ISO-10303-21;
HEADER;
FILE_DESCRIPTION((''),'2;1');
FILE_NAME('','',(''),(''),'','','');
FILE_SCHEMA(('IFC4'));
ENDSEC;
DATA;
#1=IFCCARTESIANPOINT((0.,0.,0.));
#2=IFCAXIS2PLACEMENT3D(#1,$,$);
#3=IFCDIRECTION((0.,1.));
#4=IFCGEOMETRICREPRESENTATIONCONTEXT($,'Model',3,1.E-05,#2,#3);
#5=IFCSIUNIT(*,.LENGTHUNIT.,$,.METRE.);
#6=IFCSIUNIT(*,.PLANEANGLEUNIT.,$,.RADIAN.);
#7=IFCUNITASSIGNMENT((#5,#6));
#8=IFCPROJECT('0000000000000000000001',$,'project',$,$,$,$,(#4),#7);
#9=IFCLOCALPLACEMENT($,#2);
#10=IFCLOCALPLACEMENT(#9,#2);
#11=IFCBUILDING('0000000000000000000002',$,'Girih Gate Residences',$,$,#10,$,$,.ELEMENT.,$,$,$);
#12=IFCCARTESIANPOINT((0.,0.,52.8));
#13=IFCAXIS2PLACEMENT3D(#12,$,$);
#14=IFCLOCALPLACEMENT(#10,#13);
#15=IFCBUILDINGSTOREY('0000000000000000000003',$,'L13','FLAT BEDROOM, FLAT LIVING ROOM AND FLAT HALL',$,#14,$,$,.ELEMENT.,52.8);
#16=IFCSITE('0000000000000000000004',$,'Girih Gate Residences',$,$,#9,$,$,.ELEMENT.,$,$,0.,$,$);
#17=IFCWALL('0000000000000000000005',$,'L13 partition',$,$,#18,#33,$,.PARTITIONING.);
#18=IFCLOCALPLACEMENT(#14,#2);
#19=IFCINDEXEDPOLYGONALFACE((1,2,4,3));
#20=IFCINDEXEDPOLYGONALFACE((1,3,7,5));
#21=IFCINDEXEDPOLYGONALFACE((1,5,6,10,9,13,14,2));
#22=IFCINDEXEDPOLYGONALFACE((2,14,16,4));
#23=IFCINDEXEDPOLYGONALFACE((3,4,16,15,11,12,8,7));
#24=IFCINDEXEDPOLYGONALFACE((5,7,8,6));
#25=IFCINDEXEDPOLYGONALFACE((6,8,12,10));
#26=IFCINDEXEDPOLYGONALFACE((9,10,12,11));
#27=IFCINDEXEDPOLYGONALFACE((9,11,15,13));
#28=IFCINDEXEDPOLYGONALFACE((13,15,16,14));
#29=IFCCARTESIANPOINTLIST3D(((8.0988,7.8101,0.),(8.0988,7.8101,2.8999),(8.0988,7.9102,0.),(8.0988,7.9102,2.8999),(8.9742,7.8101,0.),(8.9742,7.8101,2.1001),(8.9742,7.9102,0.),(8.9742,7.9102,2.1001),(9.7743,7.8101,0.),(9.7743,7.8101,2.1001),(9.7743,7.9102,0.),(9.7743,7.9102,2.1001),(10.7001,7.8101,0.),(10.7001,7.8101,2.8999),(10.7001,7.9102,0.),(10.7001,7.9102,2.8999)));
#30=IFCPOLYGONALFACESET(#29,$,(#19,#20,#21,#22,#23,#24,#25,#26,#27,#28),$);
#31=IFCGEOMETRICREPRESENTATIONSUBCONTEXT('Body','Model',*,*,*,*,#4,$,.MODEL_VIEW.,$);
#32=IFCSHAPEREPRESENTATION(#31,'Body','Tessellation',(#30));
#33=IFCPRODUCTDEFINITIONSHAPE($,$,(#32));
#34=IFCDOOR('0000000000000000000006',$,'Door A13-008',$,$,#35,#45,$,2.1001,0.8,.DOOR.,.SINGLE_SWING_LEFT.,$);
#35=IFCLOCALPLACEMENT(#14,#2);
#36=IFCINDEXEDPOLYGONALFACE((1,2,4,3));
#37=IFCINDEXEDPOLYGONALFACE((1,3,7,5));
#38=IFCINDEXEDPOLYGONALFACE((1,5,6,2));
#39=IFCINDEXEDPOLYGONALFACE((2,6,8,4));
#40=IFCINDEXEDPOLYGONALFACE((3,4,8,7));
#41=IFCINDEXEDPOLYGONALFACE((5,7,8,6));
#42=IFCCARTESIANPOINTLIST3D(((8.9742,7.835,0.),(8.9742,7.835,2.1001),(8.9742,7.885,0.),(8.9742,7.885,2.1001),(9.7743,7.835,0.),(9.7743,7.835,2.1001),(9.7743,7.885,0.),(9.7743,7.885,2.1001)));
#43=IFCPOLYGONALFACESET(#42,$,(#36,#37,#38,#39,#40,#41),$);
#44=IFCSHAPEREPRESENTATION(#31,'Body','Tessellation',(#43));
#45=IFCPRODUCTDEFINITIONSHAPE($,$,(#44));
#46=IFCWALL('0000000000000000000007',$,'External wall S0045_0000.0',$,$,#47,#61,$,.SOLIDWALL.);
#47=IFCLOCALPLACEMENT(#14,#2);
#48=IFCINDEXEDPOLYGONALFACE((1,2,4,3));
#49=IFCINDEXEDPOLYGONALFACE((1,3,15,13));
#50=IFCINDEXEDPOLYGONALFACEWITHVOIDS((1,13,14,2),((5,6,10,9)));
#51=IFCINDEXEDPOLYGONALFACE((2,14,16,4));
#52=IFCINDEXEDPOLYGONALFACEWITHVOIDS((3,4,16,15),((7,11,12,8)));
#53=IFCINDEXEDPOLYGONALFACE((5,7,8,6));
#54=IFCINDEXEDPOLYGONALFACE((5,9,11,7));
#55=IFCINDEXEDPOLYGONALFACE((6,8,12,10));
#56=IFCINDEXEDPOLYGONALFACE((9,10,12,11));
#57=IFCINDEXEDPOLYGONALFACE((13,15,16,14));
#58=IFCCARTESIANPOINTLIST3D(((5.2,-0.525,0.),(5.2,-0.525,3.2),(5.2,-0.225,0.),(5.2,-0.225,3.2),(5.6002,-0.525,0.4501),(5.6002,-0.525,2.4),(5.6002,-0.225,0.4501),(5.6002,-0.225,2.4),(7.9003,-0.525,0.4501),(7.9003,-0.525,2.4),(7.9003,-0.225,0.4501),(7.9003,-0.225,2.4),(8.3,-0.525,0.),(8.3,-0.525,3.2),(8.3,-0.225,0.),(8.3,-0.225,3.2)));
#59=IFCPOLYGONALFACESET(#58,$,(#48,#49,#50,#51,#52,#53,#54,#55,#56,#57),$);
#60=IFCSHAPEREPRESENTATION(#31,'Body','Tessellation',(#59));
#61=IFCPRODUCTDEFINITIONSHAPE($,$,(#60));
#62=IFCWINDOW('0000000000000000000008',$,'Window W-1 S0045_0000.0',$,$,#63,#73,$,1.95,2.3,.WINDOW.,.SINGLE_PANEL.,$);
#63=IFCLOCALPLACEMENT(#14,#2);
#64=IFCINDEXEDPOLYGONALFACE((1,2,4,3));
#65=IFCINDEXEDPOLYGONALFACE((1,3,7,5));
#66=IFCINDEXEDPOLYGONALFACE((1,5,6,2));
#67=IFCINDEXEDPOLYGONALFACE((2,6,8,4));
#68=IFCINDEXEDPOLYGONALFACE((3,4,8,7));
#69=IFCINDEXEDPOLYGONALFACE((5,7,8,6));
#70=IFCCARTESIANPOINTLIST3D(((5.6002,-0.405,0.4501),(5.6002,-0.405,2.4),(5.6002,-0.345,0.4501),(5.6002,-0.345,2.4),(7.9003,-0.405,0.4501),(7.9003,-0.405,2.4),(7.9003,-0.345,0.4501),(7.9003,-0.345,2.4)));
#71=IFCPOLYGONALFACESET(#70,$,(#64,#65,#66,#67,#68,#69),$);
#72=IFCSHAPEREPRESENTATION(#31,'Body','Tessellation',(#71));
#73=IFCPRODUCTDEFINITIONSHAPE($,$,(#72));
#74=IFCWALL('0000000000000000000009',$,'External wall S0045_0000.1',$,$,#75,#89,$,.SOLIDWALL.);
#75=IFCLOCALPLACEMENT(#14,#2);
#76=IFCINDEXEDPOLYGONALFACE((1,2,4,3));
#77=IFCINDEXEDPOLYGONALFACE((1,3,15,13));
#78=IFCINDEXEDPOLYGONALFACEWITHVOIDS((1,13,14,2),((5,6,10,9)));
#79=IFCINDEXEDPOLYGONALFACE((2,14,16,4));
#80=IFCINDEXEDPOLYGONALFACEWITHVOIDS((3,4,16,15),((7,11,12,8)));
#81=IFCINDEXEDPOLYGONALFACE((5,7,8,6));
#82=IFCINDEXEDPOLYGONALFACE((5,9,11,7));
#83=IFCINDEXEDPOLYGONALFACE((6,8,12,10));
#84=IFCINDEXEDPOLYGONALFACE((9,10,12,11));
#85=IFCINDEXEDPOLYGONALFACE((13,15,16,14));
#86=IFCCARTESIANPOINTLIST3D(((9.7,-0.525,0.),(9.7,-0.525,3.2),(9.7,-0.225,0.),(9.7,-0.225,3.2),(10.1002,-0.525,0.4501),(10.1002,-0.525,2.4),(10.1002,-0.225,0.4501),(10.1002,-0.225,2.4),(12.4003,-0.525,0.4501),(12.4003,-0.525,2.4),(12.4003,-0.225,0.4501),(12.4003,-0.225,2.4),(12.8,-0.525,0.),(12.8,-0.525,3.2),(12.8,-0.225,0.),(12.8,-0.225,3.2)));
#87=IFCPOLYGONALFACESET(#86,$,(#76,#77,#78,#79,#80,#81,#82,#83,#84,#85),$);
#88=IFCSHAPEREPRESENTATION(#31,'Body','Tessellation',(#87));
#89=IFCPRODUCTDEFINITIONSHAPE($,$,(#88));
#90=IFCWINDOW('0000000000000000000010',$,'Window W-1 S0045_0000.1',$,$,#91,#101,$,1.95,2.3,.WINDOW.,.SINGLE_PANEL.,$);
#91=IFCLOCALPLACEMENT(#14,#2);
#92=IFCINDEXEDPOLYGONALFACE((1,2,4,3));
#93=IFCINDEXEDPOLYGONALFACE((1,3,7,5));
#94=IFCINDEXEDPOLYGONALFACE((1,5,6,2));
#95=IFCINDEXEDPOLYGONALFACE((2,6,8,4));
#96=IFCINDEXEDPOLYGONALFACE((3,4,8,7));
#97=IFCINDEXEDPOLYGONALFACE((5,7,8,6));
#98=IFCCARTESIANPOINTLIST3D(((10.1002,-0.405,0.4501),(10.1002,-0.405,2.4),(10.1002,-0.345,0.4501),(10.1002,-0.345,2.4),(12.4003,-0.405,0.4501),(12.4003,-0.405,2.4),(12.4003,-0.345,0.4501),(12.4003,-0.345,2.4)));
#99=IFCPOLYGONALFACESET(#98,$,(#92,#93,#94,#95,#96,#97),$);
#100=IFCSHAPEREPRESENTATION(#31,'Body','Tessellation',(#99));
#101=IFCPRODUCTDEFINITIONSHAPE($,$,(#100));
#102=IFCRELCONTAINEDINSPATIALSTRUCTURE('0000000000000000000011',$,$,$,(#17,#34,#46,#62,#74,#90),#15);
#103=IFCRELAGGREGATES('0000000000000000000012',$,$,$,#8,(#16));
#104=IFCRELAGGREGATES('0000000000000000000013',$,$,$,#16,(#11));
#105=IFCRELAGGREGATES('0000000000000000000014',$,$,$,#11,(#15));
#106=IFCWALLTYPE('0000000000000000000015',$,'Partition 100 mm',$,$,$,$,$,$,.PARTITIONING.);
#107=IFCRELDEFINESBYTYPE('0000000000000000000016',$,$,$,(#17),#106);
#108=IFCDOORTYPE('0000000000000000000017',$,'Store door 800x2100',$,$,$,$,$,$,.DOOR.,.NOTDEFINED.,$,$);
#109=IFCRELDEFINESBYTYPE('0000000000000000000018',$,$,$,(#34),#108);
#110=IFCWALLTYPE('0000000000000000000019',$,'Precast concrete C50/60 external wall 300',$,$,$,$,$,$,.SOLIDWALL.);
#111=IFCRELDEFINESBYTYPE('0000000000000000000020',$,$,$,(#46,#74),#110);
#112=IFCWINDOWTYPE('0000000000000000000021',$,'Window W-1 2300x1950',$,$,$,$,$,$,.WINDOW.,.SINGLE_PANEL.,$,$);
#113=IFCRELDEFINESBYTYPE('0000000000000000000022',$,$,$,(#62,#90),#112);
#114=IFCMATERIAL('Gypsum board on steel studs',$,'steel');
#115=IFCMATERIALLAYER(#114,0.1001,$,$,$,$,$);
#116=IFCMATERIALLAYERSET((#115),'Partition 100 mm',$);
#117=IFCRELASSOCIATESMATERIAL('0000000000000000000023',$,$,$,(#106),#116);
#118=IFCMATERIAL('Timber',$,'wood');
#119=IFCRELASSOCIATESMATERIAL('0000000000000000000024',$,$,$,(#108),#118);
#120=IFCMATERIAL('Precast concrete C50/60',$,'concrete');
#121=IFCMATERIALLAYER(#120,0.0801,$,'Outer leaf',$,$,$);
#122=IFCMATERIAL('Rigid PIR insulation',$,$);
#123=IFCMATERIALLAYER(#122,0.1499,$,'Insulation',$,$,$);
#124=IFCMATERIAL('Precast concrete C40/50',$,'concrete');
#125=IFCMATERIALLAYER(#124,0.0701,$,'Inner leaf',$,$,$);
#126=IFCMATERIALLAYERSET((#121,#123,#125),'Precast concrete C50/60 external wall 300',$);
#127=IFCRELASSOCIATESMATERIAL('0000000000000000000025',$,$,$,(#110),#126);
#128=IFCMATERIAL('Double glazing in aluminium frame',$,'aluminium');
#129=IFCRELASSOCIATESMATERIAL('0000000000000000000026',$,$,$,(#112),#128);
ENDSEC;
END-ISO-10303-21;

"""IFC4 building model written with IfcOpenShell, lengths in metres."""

from ifc_helpers import new_model, si_unit, direction, frame, frame_2d, origin, place, context, subcontext, project, spatial, rectangle, extrude, material, layer, layer_set, type_object, element, fill, save


model = new_model("IFC4")

# Units and contexts
model_context = context("Model", 3, precision=1e-05, world=origin(), true_north=direction((0.0, 1.0)))
body_context = subcontext(model_context, "Body", "Model", "MODEL_VIEW")
ifc_project = project(units=[si_unit("LENGTHUNIT", "METRE"), si_unit("PLANEANGLEUNIT", "RADIAN")], contexts=[model_context])

# Site, building, storey
site_placement = place(None, origin())
site = spatial("IfcSite", under=ifc_project, at=site_placement, Name="Girih Gate Residences", CompositionType="ELEMENT", RefElevation=0.0)
building_placement = place(site_placement, origin())
building = spatial("IfcBuilding", under=site, at=building_placement, Name="Girih Gate Residences", CompositionType="ELEMENT")
storey_placement = place(building_placement, frame((0.0, 0.0, 52.8)))
storey = spatial("IfcBuildingStorey", under=building, at=storey_placement, Name="L13", Description="FLAT BEDROOM, FLAT LIVING ROOM AND FLAT HALL", CompositionType="ELEMENT", Elevation=52.8)

# Shared definitions
ifc_material_1 = material(Name="Gypsum board on steel studs", Category="steel")
ifc_layer_1 = layer(ifc_material_1, 0.1001)
ifc_layer_set_1 = layer_set([ifc_layer_1], Name="Partition 100 mm")
wall_type_1 = type_object("IfcWallType", Name="Partition 100 mm", PredefinedType="PARTITIONING", material=ifc_layer_set_1)

# Shared definitions
ifc_material_2 = material(Name="Timber", Category="wood")

# Wall, opening, door
wall_1_placement = place(storey_placement, frame((8.0986, 7.8601, 0.0), z_axis=(0.0, 0.0, 1.0), x_axis=(1.0, 0.0, 0.0)))
wall_1 = element("IfcWall", 1, at=wall_1_placement, inside=storey, type_object=wall_type_1, Name="L13 partition", PredefinedType="PARTITIONING", context=body_context, shape_type="SweptSolid", body=[
    extrude(rectangle(XDim=2.6013, YDim=0.1001, at=frame_2d((1.3008, 0.0))), origin(), (0.0, 0.0, 1.0), 2.8999),
])
opening_1_placement = place(wall_1_placement, frame((0.8757, 0.0, 0.0)))
opening_1 = element("IfcOpeningElement", 2, at=opening_1_placement, cuts=wall_1, PredefinedType="OPENING", context=body_context, shape_type="SweptSolid", body=[
    extrude(rectangle(XDim=0.8, YDim=2.1001, at=frame_2d((0.3999, 1.05))), frame((0.0, 0.0601, 0.0), z_axis=(0.0, -1.0, 0.0), x_axis=(1.0, 0.0, 0.0)), (0.0, 0.0, 1.0), 0.1201),
])
door_type_1 = type_object("IfcDoorType", Name="Store door 800x2100", OperationType="NOTDEFINED", PredefinedType="DOOR", material=ifc_material_2)
door_1_placement = place(opening_1_placement, origin())
door_1 = element("IfcDoor", 3, at=door_1_placement, inside=storey, type_object=door_type_1, Name="Door A13-008", OperationType="SINGLE_SWING_LEFT", OverallHeight=2.1001, OverallWidth=0.8, PredefinedType="DOOR", context=body_context, shape_type="SweptSolid", body=[
    extrude(rectangle(XDim=0.8, YDim=2.1001, at=frame_2d((0.3999, 1.05))), frame((0.0, 0.0249, 0.0), z_axis=(0.0, -1.0, 0.0), x_axis=(1.0, 0.0, 0.0)), (0.0, 0.0, 1.0), 0.05),
])
fill(opening_1, door_1)

# Walls, openings, windows
ifc_material_3 = material(Name="Precast concrete C50/60", Category="concrete")
ifc_layer_2 = layer(ifc_material_3, 0.0801, Name="Outer leaf")
ifc_material_4 = material(Name="Rigid PIR insulation")
ifc_layer_3 = layer(ifc_material_4, 0.1499, Name="Insulation")
ifc_material_5 = material(Name="Precast concrete C40/50", Category="concrete")
ifc_layer_4 = layer(ifc_material_5, 0.0701, Name="Inner leaf")
ifc_layer_set_2 = layer_set([ifc_layer_2, ifc_layer_3, ifc_layer_4], Name="Precast concrete C50/60 external wall 300")
wall_type_2 = type_object("IfcWallType", Name="Precast concrete C50/60 external wall 300", PredefinedType="SOLIDWALL", material=ifc_layer_set_2)
wall_2_placement = place(storey_placement, frame((8.3, -0.375, 0.0), z_axis=(0.0, 0.0, 1.0), x_axis=(-1.0, 0.0, 0.0)))
wall_2 = element("IfcWall", 4, at=wall_2_placement, inside=storey, type_object=wall_type_2, Name="External wall S0045_0000.0", PredefinedType="SOLIDWALL", context=body_context, shape_type="SweptSolid", body=[
    extrude(rectangle(XDim=3.1001, YDim=0.3, at=frame_2d((1.55, 0.0))), origin(), (0.0, 0.0, 1.0), 3.2),
])
opening_2_placement = place(wall_2_placement, frame((0.3999, 0.0, 0.45)))
opening_2 = element("IfcOpeningElement", 5, at=opening_2_placement, cuts=wall_2, PredefinedType="OPENING", context=body_context, shape_type="SweptSolid", body=[
    extrude(rectangle(XDim=2.3, YDim=1.95, at=frame_2d((1.1499, 0.9751))), frame((0.0, 0.1599, 0.0), z_axis=(0.0, -1.0, 0.0), x_axis=(1.0, 0.0, 0.0)), (0.0, 0.0, 1.0), 0.3201),
])
ifc_material_6 = material(Name="Double glazing in aluminium frame", Category="aluminium")
window_type = type_object("IfcWindowType", Name="Window W-1 2300x1950", PartitioningType="SINGLE_PANEL", PredefinedType="WINDOW", material=ifc_material_6)
window_1_placement = place(opening_2_placement, origin())
window_1 = element("IfcWindow", 6, at=window_1_placement, inside=storey, type_object=window_type, Name="Window W-1 S0045_0000.0", OverallHeight=1.95, OverallWidth=2.3, PartitioningType="SINGLE_PANEL", PredefinedType="WINDOW", context=body_context, shape_type="SweptSolid", body=[
    extrude(rectangle(XDim=2.3, YDim=1.95, at=frame_2d((1.1499, 0.9751))), frame((0.0, 0.03, 0.0), z_axis=(0.0, -1.0, 0.0), x_axis=(1.0, 0.0, 0.0)), (0.0, 0.0, 1.0), 0.0601),
])
fill(opening_2, window_1)
wall_3_placement = place(storey_placement, frame((12.8, -0.375, 0.0), z_axis=(0.0, 0.0, 1.0), x_axis=(-1.0, 0.0, 0.0)))
wall_3 = element("IfcWall", 7, at=wall_3_placement, inside=storey, type_object=wall_type_2, Name="External wall S0045_0000.1", PredefinedType="SOLIDWALL", context=body_context, shape_type="SweptSolid", body=[
    extrude(rectangle(XDim=3.1001, YDim=0.3, at=frame_2d((1.55, 0.0))), origin(), (0.0, 0.0, 1.0), 3.2),
])
opening_3_placement = place(wall_3_placement, frame((0.3999, 0.0, 0.45)))
opening_3 = element("IfcOpeningElement", 8, at=opening_3_placement, cuts=wall_3, PredefinedType="OPENING", context=body_context, shape_type="SweptSolid", body=[
    extrude(rectangle(XDim=2.3, YDim=1.95, at=frame_2d((1.1499, 0.9751))), frame((0.0, 0.1599, 0.0), z_axis=(0.0, -1.0, 0.0), x_axis=(1.0, 0.0, 0.0)), (0.0, 0.0, 1.0), 0.3201),
])
window_2_placement = place(opening_3_placement, origin())
window_2 = element("IfcWindow", 9, at=window_2_placement, inside=storey, type_object=window_type, Name="Window W-1 S0045_0000.1", OverallHeight=1.95, OverallWidth=2.3, PartitioningType="SINGLE_PANEL", PredefinedType="WINDOW", context=body_context, shape_type="SweptSolid", body=[
    extrude(rectangle(XDim=2.3, YDim=1.95, at=frame_2d((1.1499, 0.9751))), frame((0.0, 0.03, 0.0), z_axis=(0.0, -1.0, 0.0), x_axis=(1.0, 0.0, 0.0)), (0.0, 0.0, 1.0), 0.0601),
])
fill(opening_3, window_2)

save(model, "model.ifc")
